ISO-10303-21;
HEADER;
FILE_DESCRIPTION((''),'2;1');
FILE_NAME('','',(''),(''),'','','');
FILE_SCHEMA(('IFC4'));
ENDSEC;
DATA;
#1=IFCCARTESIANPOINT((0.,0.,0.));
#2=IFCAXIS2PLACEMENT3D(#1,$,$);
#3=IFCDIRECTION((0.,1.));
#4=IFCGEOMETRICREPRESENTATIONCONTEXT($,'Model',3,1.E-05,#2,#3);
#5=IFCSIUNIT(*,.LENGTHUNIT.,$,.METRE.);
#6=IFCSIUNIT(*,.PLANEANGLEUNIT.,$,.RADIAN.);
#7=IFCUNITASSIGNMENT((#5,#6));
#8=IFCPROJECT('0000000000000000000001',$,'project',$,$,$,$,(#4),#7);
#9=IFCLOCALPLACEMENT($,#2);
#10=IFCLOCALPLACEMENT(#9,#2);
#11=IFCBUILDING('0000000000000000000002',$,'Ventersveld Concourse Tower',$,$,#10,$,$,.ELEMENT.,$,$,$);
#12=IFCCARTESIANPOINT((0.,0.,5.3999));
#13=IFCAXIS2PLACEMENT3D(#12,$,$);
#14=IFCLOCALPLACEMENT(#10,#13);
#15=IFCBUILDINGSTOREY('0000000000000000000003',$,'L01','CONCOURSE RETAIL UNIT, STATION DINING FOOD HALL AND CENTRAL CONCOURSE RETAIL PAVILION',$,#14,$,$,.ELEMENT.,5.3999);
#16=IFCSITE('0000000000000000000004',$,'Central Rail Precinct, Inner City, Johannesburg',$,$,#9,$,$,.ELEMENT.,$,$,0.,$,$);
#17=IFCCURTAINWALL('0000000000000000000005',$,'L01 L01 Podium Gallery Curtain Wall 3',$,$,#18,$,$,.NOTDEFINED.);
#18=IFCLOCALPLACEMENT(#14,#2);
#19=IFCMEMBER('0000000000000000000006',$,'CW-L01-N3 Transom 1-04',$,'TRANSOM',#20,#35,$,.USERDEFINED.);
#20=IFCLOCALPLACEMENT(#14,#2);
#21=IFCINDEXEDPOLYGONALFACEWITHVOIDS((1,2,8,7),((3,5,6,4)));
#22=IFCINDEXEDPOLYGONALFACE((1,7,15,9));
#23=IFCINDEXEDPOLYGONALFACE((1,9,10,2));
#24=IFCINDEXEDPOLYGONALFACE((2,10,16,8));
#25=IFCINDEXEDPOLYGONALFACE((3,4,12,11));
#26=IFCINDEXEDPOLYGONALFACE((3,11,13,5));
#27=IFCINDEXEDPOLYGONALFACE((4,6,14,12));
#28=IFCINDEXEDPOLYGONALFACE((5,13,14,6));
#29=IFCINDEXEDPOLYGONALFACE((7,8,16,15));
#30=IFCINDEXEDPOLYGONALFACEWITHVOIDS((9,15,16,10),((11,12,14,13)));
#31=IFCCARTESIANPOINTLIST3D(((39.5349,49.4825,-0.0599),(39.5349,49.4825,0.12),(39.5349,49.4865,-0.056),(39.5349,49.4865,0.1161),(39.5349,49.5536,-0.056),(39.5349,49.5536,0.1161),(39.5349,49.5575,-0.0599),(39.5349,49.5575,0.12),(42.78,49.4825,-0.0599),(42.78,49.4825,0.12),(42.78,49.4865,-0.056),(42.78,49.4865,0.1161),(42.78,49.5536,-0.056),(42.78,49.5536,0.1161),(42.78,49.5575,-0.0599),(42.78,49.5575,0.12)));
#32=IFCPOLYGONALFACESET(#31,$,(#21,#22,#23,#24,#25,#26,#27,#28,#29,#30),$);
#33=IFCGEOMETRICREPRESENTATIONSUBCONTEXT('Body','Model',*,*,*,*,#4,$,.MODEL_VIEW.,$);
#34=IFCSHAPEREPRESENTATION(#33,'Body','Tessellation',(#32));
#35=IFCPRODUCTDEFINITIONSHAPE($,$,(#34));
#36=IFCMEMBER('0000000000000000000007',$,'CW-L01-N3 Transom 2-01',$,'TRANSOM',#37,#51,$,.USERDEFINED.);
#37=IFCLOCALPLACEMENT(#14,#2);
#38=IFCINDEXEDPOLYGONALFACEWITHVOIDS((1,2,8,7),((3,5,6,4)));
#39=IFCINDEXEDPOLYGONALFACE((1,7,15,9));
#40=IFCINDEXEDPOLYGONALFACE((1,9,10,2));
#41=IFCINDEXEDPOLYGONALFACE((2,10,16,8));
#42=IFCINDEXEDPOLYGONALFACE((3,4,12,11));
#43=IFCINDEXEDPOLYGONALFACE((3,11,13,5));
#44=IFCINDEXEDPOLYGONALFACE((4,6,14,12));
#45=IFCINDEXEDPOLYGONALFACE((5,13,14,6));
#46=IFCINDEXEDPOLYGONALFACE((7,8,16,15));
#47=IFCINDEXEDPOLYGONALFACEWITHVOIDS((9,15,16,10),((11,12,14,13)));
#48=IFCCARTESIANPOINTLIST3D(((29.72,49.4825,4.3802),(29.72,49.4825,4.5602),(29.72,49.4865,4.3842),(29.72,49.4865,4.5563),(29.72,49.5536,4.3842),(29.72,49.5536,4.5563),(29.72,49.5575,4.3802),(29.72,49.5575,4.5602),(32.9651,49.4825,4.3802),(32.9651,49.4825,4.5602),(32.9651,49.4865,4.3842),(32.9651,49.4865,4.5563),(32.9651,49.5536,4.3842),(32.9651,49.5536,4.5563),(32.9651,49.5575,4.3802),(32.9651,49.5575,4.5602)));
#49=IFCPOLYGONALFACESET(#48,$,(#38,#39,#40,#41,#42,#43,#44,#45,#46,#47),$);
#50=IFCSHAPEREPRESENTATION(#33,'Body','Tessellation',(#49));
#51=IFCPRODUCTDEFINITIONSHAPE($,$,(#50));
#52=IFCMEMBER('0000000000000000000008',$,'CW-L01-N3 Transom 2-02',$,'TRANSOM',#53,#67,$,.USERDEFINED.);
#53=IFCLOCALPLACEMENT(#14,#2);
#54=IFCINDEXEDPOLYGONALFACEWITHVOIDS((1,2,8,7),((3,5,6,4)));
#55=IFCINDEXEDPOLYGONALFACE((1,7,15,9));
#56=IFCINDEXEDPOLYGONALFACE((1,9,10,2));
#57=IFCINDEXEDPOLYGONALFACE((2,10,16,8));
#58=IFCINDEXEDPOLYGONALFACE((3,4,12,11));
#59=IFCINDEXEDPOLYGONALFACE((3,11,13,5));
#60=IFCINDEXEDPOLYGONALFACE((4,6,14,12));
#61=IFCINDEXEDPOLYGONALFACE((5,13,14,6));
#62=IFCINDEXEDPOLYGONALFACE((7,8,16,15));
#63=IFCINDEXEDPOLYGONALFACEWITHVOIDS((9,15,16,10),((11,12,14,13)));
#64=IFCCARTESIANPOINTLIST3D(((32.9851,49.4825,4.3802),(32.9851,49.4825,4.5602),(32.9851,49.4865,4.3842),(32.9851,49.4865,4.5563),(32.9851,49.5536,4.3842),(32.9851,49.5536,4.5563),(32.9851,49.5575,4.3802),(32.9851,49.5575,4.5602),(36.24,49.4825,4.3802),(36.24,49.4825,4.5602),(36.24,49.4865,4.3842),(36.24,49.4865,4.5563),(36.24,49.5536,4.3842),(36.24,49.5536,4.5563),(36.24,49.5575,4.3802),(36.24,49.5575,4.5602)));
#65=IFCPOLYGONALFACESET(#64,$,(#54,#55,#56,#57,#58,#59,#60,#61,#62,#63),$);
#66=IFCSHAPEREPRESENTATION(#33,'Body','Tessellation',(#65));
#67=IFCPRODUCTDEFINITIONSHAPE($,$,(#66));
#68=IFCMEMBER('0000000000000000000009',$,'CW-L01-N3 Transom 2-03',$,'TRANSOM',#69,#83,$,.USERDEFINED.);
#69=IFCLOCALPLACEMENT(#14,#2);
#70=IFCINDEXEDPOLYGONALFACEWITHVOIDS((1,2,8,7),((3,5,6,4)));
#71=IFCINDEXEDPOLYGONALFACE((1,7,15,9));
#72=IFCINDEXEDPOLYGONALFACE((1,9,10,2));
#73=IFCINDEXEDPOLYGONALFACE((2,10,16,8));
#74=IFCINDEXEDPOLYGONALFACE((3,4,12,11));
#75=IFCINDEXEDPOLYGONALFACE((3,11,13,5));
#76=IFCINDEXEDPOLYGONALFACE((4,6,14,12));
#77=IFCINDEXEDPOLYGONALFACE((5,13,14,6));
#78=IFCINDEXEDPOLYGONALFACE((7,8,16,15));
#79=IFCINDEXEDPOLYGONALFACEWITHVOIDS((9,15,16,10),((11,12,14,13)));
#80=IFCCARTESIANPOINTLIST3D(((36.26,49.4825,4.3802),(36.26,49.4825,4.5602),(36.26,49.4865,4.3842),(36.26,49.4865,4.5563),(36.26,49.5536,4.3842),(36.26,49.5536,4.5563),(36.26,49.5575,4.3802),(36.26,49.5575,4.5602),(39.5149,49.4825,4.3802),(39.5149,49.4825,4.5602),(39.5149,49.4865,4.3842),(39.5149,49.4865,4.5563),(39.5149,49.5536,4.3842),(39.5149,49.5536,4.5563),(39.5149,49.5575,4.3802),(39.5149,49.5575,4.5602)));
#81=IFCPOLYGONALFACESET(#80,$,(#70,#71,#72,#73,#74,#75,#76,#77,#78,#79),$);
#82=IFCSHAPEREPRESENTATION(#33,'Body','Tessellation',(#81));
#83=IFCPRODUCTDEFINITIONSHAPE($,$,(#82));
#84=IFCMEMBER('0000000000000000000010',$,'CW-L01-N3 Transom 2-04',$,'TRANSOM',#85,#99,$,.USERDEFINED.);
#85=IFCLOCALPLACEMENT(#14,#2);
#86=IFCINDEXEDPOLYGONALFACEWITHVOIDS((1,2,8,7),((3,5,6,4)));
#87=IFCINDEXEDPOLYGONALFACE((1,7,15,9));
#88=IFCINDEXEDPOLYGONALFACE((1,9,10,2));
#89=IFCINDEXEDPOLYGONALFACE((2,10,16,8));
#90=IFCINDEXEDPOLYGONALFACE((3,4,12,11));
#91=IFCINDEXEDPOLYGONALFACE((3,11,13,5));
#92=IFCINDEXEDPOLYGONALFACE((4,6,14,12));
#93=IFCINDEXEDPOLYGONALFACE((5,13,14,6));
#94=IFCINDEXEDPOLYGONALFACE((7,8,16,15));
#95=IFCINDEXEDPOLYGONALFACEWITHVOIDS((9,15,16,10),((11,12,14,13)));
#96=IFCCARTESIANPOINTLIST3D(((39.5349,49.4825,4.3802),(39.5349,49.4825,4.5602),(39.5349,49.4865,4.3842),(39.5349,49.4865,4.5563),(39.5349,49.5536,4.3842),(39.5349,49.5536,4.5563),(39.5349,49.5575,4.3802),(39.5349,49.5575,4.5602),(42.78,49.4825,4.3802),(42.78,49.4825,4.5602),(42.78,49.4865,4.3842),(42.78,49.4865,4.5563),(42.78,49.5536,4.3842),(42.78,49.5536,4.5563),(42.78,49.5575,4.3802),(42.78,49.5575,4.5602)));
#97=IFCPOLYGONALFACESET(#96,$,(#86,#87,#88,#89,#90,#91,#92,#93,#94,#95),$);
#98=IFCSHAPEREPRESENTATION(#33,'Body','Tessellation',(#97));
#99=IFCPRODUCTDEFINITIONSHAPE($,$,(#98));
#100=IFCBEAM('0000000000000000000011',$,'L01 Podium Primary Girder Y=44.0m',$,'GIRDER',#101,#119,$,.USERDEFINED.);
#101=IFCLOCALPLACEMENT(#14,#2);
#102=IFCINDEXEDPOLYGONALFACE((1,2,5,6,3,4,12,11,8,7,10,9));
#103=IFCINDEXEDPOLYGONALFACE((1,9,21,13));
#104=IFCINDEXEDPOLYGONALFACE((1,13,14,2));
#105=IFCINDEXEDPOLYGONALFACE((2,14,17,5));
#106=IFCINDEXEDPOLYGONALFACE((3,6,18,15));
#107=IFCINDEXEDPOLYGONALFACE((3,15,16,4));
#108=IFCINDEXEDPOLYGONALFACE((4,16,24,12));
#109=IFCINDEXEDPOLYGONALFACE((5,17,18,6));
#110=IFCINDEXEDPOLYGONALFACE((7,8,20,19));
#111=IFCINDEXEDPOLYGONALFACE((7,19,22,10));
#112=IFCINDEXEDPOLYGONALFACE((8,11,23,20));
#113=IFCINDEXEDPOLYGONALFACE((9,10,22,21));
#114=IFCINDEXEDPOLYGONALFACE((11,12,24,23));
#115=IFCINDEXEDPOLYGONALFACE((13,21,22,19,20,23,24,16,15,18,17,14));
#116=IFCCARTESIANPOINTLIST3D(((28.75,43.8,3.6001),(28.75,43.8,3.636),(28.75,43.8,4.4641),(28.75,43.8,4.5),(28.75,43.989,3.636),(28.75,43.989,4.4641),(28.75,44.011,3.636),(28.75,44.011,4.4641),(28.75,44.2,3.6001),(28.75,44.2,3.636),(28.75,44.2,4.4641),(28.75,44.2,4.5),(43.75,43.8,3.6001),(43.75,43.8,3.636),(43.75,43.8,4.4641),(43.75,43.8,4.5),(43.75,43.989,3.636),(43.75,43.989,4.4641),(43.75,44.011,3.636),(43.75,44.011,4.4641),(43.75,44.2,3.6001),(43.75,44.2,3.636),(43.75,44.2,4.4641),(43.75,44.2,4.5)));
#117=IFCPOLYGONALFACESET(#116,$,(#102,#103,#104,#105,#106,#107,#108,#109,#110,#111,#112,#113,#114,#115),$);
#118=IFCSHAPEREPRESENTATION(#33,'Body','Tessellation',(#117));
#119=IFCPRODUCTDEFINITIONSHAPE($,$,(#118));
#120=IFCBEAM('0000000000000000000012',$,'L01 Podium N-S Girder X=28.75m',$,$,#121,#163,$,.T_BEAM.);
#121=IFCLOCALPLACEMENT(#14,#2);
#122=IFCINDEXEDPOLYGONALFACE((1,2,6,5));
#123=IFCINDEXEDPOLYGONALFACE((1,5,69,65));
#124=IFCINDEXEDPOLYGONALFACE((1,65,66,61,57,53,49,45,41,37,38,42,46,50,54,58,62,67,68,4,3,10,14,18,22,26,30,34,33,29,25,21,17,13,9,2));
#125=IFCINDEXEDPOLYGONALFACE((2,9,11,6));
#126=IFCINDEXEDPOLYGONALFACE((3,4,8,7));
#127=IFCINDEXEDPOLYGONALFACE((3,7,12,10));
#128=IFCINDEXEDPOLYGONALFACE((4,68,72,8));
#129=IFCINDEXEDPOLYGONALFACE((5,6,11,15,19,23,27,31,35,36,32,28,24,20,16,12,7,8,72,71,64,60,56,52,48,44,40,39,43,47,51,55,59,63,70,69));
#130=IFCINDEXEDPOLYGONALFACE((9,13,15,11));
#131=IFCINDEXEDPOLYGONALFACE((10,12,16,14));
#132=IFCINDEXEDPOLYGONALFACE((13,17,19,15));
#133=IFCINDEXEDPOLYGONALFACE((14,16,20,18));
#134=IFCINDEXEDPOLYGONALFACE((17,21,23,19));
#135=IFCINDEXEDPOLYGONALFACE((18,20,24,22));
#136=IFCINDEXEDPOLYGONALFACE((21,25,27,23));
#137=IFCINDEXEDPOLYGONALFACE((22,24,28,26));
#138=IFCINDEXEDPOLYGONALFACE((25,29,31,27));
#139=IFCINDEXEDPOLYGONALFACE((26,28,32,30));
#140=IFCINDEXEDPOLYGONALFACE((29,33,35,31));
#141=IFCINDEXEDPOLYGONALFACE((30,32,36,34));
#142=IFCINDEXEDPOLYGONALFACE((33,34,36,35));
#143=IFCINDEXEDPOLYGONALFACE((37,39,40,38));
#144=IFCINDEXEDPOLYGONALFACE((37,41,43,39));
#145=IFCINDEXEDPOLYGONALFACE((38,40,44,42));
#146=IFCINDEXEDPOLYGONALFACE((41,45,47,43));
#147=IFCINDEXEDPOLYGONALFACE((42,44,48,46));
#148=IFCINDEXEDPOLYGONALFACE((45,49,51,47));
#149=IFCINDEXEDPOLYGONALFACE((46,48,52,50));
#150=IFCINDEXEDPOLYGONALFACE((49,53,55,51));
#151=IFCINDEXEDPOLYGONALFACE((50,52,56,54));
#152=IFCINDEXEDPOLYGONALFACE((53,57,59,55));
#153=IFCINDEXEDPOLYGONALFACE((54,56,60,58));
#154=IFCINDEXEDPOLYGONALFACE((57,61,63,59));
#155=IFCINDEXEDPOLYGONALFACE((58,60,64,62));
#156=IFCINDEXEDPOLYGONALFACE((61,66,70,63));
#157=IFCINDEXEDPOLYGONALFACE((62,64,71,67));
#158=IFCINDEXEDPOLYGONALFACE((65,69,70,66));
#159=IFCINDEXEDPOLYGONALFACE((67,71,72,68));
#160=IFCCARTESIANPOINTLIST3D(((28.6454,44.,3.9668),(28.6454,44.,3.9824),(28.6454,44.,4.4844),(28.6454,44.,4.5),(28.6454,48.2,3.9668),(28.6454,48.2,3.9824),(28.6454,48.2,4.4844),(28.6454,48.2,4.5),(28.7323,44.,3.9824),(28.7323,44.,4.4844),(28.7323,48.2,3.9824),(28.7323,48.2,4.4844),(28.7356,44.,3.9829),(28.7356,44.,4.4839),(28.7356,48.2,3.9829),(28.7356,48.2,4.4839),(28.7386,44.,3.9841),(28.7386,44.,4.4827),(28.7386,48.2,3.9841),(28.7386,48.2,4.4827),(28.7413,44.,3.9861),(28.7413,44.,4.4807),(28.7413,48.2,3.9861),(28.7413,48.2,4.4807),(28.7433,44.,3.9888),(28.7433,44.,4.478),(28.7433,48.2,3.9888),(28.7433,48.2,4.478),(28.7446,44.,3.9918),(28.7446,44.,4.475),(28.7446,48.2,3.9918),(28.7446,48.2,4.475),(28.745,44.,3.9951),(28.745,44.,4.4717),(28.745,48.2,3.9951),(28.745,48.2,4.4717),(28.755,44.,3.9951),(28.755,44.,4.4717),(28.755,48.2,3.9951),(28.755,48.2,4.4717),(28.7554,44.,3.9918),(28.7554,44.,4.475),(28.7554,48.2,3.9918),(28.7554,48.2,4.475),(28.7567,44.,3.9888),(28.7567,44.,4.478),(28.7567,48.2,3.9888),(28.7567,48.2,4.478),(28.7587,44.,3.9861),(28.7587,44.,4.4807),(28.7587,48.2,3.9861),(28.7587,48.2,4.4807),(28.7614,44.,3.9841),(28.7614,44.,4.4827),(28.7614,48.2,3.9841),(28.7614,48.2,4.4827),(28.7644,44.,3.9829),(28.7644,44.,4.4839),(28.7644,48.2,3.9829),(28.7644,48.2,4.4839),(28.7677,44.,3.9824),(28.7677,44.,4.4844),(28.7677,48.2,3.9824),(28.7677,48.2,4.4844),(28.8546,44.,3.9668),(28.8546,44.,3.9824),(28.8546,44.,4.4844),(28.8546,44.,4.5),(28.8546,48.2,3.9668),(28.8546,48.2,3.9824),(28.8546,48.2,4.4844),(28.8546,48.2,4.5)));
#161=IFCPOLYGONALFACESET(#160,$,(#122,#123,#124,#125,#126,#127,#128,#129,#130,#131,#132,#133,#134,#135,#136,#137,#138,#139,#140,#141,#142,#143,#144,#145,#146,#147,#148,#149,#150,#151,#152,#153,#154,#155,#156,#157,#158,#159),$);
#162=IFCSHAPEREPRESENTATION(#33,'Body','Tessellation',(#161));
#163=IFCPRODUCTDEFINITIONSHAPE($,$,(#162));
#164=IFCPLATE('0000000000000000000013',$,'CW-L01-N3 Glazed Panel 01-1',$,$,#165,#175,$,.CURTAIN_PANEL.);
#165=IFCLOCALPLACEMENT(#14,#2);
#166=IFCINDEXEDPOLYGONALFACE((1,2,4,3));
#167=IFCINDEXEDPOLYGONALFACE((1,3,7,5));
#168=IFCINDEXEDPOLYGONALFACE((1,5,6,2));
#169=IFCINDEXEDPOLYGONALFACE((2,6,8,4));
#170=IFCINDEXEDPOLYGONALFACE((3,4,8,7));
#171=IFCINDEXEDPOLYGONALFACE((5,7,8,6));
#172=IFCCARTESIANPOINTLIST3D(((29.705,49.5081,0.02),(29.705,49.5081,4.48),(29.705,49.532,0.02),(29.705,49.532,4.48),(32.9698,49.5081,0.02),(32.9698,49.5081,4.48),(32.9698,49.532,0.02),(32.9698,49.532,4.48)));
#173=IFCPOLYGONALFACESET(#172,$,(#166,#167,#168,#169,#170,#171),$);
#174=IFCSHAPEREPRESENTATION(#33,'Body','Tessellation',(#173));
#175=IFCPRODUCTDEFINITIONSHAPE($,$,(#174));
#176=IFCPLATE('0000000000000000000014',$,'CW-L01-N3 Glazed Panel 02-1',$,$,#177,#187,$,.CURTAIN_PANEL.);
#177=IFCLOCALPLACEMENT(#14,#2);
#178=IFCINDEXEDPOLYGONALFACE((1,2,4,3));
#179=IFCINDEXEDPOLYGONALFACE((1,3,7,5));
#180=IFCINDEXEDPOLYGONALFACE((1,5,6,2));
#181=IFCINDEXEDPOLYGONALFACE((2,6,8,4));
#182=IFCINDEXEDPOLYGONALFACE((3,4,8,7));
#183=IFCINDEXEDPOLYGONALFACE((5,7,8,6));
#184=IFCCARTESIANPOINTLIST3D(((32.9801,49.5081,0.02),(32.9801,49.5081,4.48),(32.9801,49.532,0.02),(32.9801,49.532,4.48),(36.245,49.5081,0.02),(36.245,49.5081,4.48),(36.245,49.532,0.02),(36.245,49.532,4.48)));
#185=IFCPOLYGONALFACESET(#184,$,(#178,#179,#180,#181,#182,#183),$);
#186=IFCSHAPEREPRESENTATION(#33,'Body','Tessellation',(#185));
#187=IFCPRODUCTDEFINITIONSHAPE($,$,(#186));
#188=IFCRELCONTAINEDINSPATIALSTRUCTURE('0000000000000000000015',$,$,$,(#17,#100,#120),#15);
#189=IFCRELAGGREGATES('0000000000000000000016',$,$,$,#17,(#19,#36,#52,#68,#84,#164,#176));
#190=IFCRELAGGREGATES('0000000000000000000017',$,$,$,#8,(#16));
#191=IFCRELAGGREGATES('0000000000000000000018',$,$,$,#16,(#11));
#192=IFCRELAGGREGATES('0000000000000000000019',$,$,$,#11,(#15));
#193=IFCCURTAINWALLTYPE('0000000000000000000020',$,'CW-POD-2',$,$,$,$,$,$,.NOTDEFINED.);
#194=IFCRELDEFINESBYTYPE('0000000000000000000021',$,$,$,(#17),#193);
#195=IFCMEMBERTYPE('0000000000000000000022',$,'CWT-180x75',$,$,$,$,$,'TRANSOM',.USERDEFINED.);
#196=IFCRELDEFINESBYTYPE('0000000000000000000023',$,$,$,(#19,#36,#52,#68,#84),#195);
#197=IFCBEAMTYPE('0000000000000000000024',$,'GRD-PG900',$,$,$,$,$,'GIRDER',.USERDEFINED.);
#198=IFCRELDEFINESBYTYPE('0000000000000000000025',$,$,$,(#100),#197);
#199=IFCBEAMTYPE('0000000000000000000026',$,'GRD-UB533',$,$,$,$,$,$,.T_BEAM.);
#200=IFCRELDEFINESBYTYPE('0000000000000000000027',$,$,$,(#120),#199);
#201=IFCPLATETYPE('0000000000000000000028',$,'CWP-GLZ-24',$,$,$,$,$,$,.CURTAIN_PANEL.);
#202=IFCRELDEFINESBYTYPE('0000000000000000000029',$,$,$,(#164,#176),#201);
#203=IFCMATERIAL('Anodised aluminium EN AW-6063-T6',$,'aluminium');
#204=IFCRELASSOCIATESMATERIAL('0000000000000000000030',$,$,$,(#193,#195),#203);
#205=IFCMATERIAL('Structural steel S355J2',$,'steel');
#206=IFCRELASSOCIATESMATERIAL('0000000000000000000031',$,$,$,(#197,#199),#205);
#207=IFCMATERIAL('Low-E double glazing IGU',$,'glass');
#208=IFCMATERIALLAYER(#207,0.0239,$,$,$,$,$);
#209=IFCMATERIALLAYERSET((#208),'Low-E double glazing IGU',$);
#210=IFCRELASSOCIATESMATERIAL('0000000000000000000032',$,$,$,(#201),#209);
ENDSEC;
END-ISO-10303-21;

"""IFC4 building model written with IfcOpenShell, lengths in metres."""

from ifc_helpers import new_model, si_unit, direction, frame, origin, origin_2d, place, context, subcontext, project, spatial, rectangle, hollow_rectangle, i_section, extrude, material, layer, layer_set, material_profile, profile_set, type_object, element, aggregate, save


model = new_model("IFC4")

# Units and contexts
model_context = context("Model", 3, precision=1e-05, world=origin(), true_north=direction((0.0, 1.0)))
body_context = subcontext(model_context, "Body", "Model", "MODEL_VIEW")
ifc_project = project(units=[si_unit("LENGTHUNIT", "METRE"), si_unit("PLANEANGLEUNIT", "RADIAN")], contexts=[model_context])

# Site, building, storey
site_placement = place(None, origin())
site = spatial("IfcSite", under=ifc_project, at=site_placement, Name="Central Rail Precinct, Inner City, Johannesburg", CompositionType="ELEMENT", RefElevation=0.0)
building_placement = place(site_placement, origin())
building = spatial("IfcBuilding", under=site, at=building_placement, Name="Ventersveld Concourse Tower", CompositionType="ELEMENT")
storey_placement = place(building_placement, frame((0.0, 0.0, 5.3999)))
storey = spatial("IfcBuildingStorey", under=building, at=storey_placement, Name="L01", Description="CONCOURSE RETAIL UNIT, STATION DINING FOOD HALL AND CENTRAL CONCOURSE RETAIL PAVILION", CompositionType="ELEMENT", Elevation=5.3999)

# Curtain wall, members
ifc_material_1 = material(Name="Anodised aluminium EN AW-6063-T6", Category="aluminium")
curtain_wall_type = type_object("IfcCurtainWallType", Name="CW-POD-2", PredefinedType="NOTDEFINED", material=ifc_material_1)
curtain_wall_placement = place(storey_placement, origin())
curtain_wall = element("IfcCurtainWall", 1, at=curtain_wall_placement, inside=storey, type_object=curtain_wall_type, Name="L01 L01 Podium Gallery Curtain Wall 3", PredefinedType="NOTDEFINED")
ifc_material_profile_1 = material_profile(ifc_material_1, hollow_rectangle(XDim=0.075, YDim=0.1799, WallThickness=0.0039, at=origin_2d()), Name="ALU 180x75x4")
ifc_profile_set_1 = profile_set([ifc_material_profile_1], Name="Anodised aluminium EN AW-6063-T6")
member_type_1 = type_object("IfcMemberType", Name="CWT-180x75", ElementType="TRANSOM", PredefinedType="USERDEFINED", material=ifc_profile_set_1)
member_1_placement = place(storey_placement, frame((39.5349, 49.52, 0.03), z_axis=(1.0, 0.0, 0.0), x_axis=(0.0, 1.0, 0.0)))
member_1 = element("IfcMember", 2, at=member_1_placement, type_object=member_type_1, Name="CW-L01-N3 Transom 1-04", ObjectType="TRANSOM", PredefinedType="USERDEFINED", context=body_context, shape_type="SweptSolid", body=[
    extrude(hollow_rectangle(XDim=0.075, YDim=0.1799, WallThickness=0.0039, at=origin_2d()), origin(), (0.0, 0.0, 1.0), 3.2451),
])
member_2_placement = place(storey_placement, frame((29.72, 49.52, 4.4702), z_axis=(1.0, 0.0, 0.0), x_axis=(0.0, 1.0, 0.0)))
member_2 = element("IfcMember", 3, at=member_2_placement, type_object=member_type_1, Name="CW-L01-N3 Transom 2-01", ObjectType="TRANSOM", PredefinedType="USERDEFINED", context=body_context, shape_type="SweptSolid", body=[
    extrude(hollow_rectangle(XDim=0.075, YDim=0.1799, WallThickness=0.0039, at=origin_2d()), origin(), (0.0, 0.0, 1.0), 3.2451),
])
member_3_placement = place(storey_placement, frame((32.9851, 49.52, 4.4702), z_axis=(1.0, 0.0, 0.0), x_axis=(0.0, 1.0, 0.0)))
member_3 = element("IfcMember", 4, at=member_3_placement, type_object=member_type_1, Name="CW-L01-N3 Transom 2-02", ObjectType="TRANSOM", PredefinedType="USERDEFINED", context=body_context, shape_type="SweptSolid", body=[
    extrude(hollow_rectangle(XDim=0.075, YDim=0.1799, WallThickness=0.0039, at=origin_2d()), origin(), (0.0, 0.0, 1.0), 3.2549),
])
member_4_placement = place(storey_placement, frame((36.26, 49.52, 4.4702), z_axis=(1.0, 0.0, 0.0), x_axis=(0.0, 1.0, 0.0)))
member_4 = element("IfcMember", 5, at=member_4_placement, type_object=member_type_1, Name="CW-L01-N3 Transom 2-03", ObjectType="TRANSOM", PredefinedType="USERDEFINED", context=body_context, shape_type="SweptSolid", body=[
    extrude(hollow_rectangle(XDim=0.075, YDim=0.1799, WallThickness=0.0039, at=origin_2d()), origin(), (0.0, 0.0, 1.0), 3.2549),
])
member_5_placement = place(storey_placement, frame((39.5349, 49.52, 4.4702), z_axis=(1.0, 0.0, 0.0), x_axis=(0.0, 1.0, 0.0)))
member_5 = element("IfcMember", 6, at=member_5_placement, type_object=member_type_1, Name="CW-L01-N3 Transom 2-04", ObjectType="TRANSOM", PredefinedType="USERDEFINED", context=body_context, shape_type="SweptSolid", body=[
    extrude(hollow_rectangle(XDim=0.075, YDim=0.1799, WallThickness=0.0039, at=origin_2d()), origin(), (0.0, 0.0, 1.0), 3.2451),
])

# Beams
ifc_material_2 = material(Name="Structural steel S355J2", Category="steel")
ifc_material_profile_2 = material_profile(ifc_material_2, i_section(OverallWidth=0.3999, OverallDepth=0.8999, WebThickness=0.022, FlangeThickness=0.0359, at=origin_2d()), Name="PG 900x400x36")
ifc_profile_set_2 = profile_set([ifc_material_profile_2], Name="Structural steel S355J2")
beam_type_1 = type_object("IfcBeamType", Name="GRD-PG900", ElementType="GIRDER", PredefinedType="USERDEFINED", material=ifc_profile_set_2)
beam_1_placement = place(storey_placement, frame((28.75, 44.0, 4.05), z_axis=(1.0, 0.0, 0.0), x_axis=(0.0, 1.0, 0.0)))
element("IfcBeam", 7, at=beam_1_placement, inside=storey, type_object=beam_type_1, Name="L01 Podium Primary Girder Y=44.0m", ObjectType="GIRDER", PredefinedType="USERDEFINED", context=body_context, shape_type="SweptSolid", body=[
    extrude(i_section(OverallWidth=0.3999, OverallDepth=0.8999, WebThickness=0.022, FlangeThickness=0.0359, at=origin_2d()), origin(), (0.0, 0.0, 1.0), 15.0),
])
ifc_material_profile_3 = material_profile(ifc_material_2, i_section(OverallWidth=0.2092, OverallDepth=0.5332, WebThickness=0.01, FlangeThickness=0.0156, FilletRadius=0.0127, at=origin_2d()), Name="UB 533x210x92")
ifc_profile_set_3 = profile_set([ifc_material_profile_3], Name="Structural steel S355J2")
beam_type_2 = type_object("IfcBeamType", Name="GRD-UB533", PredefinedType="T_BEAM", material=ifc_profile_set_3)
beam_2_placement = place(storey_placement, frame((28.75, 44.0, 4.2334), z_axis=(0.0, 1.0, 0.0), x_axis=(-1.0, 0.0, 0.0)))
element("IfcBeam", 8, at=beam_2_placement, inside=storey, type_object=beam_type_2, Name="L01 Podium N-S Girder X=28.75m", PredefinedType="T_BEAM", context=body_context, shape_type="SweptSolid", body=[
    extrude(i_section(OverallWidth=0.2092, OverallDepth=0.5332, WebThickness=0.01, FlangeThickness=0.0156, FilletRadius=0.0127, at=origin_2d()), origin(), (0.0, 0.0, 1.0), 4.2),
])

# Plates
ifc_material_3 = material(Name="Low-E double glazing IGU", Category="glass")
ifc_layer_1 = layer(ifc_material_3, 0.0239)
ifc_layer_set_1 = layer_set([ifc_layer_1], Name="Low-E double glazing IGU")
plate_type = type_object("IfcPlateType", Name="CWP-GLZ-24", PredefinedType="CURTAIN_PANEL", material=ifc_layer_set_1)
plate_1_placement = place(storey_placement, frame((31.3374, 49.52, 0.02), z_axis=(0.0, 0.0, 1.0), x_axis=(1.0, 0.0, 0.0)))
plate_1 = element("IfcPlate", 9, at=plate_1_placement, type_object=plate_type, Name="CW-L01-N3 Glazed Panel 01-1", PredefinedType="CURTAIN_PANEL", context=body_context, shape_type="SweptSolid", body=[
    extrude(rectangle(XDim=3.2649, YDim=0.0239, at=origin_2d()), origin(), (0.0, 0.0, 1.0), 4.46),
])
plate_2_placement = place(storey_placement, frame((34.6125, 49.52, 0.02), z_axis=(0.0, 0.0, 1.0), x_axis=(1.0, 0.0, 0.0)))
plate_2 = element("IfcPlate", 10, at=plate_2_placement, type_object=plate_type, Name="CW-L01-N3 Glazed Panel 02-1", PredefinedType="CURTAIN_PANEL", context=body_context, shape_type="SweptSolid", body=[
    extrude(rectangle(XDim=3.2649, YDim=0.0239, at=origin_2d()), origin(), (0.0, 0.0, 1.0), 4.46),
])
aggregate(curtain_wall, [member_1, member_2, member_3, member_4, member_5, plate_1, plate_2])

save(model, "model.ifc")
